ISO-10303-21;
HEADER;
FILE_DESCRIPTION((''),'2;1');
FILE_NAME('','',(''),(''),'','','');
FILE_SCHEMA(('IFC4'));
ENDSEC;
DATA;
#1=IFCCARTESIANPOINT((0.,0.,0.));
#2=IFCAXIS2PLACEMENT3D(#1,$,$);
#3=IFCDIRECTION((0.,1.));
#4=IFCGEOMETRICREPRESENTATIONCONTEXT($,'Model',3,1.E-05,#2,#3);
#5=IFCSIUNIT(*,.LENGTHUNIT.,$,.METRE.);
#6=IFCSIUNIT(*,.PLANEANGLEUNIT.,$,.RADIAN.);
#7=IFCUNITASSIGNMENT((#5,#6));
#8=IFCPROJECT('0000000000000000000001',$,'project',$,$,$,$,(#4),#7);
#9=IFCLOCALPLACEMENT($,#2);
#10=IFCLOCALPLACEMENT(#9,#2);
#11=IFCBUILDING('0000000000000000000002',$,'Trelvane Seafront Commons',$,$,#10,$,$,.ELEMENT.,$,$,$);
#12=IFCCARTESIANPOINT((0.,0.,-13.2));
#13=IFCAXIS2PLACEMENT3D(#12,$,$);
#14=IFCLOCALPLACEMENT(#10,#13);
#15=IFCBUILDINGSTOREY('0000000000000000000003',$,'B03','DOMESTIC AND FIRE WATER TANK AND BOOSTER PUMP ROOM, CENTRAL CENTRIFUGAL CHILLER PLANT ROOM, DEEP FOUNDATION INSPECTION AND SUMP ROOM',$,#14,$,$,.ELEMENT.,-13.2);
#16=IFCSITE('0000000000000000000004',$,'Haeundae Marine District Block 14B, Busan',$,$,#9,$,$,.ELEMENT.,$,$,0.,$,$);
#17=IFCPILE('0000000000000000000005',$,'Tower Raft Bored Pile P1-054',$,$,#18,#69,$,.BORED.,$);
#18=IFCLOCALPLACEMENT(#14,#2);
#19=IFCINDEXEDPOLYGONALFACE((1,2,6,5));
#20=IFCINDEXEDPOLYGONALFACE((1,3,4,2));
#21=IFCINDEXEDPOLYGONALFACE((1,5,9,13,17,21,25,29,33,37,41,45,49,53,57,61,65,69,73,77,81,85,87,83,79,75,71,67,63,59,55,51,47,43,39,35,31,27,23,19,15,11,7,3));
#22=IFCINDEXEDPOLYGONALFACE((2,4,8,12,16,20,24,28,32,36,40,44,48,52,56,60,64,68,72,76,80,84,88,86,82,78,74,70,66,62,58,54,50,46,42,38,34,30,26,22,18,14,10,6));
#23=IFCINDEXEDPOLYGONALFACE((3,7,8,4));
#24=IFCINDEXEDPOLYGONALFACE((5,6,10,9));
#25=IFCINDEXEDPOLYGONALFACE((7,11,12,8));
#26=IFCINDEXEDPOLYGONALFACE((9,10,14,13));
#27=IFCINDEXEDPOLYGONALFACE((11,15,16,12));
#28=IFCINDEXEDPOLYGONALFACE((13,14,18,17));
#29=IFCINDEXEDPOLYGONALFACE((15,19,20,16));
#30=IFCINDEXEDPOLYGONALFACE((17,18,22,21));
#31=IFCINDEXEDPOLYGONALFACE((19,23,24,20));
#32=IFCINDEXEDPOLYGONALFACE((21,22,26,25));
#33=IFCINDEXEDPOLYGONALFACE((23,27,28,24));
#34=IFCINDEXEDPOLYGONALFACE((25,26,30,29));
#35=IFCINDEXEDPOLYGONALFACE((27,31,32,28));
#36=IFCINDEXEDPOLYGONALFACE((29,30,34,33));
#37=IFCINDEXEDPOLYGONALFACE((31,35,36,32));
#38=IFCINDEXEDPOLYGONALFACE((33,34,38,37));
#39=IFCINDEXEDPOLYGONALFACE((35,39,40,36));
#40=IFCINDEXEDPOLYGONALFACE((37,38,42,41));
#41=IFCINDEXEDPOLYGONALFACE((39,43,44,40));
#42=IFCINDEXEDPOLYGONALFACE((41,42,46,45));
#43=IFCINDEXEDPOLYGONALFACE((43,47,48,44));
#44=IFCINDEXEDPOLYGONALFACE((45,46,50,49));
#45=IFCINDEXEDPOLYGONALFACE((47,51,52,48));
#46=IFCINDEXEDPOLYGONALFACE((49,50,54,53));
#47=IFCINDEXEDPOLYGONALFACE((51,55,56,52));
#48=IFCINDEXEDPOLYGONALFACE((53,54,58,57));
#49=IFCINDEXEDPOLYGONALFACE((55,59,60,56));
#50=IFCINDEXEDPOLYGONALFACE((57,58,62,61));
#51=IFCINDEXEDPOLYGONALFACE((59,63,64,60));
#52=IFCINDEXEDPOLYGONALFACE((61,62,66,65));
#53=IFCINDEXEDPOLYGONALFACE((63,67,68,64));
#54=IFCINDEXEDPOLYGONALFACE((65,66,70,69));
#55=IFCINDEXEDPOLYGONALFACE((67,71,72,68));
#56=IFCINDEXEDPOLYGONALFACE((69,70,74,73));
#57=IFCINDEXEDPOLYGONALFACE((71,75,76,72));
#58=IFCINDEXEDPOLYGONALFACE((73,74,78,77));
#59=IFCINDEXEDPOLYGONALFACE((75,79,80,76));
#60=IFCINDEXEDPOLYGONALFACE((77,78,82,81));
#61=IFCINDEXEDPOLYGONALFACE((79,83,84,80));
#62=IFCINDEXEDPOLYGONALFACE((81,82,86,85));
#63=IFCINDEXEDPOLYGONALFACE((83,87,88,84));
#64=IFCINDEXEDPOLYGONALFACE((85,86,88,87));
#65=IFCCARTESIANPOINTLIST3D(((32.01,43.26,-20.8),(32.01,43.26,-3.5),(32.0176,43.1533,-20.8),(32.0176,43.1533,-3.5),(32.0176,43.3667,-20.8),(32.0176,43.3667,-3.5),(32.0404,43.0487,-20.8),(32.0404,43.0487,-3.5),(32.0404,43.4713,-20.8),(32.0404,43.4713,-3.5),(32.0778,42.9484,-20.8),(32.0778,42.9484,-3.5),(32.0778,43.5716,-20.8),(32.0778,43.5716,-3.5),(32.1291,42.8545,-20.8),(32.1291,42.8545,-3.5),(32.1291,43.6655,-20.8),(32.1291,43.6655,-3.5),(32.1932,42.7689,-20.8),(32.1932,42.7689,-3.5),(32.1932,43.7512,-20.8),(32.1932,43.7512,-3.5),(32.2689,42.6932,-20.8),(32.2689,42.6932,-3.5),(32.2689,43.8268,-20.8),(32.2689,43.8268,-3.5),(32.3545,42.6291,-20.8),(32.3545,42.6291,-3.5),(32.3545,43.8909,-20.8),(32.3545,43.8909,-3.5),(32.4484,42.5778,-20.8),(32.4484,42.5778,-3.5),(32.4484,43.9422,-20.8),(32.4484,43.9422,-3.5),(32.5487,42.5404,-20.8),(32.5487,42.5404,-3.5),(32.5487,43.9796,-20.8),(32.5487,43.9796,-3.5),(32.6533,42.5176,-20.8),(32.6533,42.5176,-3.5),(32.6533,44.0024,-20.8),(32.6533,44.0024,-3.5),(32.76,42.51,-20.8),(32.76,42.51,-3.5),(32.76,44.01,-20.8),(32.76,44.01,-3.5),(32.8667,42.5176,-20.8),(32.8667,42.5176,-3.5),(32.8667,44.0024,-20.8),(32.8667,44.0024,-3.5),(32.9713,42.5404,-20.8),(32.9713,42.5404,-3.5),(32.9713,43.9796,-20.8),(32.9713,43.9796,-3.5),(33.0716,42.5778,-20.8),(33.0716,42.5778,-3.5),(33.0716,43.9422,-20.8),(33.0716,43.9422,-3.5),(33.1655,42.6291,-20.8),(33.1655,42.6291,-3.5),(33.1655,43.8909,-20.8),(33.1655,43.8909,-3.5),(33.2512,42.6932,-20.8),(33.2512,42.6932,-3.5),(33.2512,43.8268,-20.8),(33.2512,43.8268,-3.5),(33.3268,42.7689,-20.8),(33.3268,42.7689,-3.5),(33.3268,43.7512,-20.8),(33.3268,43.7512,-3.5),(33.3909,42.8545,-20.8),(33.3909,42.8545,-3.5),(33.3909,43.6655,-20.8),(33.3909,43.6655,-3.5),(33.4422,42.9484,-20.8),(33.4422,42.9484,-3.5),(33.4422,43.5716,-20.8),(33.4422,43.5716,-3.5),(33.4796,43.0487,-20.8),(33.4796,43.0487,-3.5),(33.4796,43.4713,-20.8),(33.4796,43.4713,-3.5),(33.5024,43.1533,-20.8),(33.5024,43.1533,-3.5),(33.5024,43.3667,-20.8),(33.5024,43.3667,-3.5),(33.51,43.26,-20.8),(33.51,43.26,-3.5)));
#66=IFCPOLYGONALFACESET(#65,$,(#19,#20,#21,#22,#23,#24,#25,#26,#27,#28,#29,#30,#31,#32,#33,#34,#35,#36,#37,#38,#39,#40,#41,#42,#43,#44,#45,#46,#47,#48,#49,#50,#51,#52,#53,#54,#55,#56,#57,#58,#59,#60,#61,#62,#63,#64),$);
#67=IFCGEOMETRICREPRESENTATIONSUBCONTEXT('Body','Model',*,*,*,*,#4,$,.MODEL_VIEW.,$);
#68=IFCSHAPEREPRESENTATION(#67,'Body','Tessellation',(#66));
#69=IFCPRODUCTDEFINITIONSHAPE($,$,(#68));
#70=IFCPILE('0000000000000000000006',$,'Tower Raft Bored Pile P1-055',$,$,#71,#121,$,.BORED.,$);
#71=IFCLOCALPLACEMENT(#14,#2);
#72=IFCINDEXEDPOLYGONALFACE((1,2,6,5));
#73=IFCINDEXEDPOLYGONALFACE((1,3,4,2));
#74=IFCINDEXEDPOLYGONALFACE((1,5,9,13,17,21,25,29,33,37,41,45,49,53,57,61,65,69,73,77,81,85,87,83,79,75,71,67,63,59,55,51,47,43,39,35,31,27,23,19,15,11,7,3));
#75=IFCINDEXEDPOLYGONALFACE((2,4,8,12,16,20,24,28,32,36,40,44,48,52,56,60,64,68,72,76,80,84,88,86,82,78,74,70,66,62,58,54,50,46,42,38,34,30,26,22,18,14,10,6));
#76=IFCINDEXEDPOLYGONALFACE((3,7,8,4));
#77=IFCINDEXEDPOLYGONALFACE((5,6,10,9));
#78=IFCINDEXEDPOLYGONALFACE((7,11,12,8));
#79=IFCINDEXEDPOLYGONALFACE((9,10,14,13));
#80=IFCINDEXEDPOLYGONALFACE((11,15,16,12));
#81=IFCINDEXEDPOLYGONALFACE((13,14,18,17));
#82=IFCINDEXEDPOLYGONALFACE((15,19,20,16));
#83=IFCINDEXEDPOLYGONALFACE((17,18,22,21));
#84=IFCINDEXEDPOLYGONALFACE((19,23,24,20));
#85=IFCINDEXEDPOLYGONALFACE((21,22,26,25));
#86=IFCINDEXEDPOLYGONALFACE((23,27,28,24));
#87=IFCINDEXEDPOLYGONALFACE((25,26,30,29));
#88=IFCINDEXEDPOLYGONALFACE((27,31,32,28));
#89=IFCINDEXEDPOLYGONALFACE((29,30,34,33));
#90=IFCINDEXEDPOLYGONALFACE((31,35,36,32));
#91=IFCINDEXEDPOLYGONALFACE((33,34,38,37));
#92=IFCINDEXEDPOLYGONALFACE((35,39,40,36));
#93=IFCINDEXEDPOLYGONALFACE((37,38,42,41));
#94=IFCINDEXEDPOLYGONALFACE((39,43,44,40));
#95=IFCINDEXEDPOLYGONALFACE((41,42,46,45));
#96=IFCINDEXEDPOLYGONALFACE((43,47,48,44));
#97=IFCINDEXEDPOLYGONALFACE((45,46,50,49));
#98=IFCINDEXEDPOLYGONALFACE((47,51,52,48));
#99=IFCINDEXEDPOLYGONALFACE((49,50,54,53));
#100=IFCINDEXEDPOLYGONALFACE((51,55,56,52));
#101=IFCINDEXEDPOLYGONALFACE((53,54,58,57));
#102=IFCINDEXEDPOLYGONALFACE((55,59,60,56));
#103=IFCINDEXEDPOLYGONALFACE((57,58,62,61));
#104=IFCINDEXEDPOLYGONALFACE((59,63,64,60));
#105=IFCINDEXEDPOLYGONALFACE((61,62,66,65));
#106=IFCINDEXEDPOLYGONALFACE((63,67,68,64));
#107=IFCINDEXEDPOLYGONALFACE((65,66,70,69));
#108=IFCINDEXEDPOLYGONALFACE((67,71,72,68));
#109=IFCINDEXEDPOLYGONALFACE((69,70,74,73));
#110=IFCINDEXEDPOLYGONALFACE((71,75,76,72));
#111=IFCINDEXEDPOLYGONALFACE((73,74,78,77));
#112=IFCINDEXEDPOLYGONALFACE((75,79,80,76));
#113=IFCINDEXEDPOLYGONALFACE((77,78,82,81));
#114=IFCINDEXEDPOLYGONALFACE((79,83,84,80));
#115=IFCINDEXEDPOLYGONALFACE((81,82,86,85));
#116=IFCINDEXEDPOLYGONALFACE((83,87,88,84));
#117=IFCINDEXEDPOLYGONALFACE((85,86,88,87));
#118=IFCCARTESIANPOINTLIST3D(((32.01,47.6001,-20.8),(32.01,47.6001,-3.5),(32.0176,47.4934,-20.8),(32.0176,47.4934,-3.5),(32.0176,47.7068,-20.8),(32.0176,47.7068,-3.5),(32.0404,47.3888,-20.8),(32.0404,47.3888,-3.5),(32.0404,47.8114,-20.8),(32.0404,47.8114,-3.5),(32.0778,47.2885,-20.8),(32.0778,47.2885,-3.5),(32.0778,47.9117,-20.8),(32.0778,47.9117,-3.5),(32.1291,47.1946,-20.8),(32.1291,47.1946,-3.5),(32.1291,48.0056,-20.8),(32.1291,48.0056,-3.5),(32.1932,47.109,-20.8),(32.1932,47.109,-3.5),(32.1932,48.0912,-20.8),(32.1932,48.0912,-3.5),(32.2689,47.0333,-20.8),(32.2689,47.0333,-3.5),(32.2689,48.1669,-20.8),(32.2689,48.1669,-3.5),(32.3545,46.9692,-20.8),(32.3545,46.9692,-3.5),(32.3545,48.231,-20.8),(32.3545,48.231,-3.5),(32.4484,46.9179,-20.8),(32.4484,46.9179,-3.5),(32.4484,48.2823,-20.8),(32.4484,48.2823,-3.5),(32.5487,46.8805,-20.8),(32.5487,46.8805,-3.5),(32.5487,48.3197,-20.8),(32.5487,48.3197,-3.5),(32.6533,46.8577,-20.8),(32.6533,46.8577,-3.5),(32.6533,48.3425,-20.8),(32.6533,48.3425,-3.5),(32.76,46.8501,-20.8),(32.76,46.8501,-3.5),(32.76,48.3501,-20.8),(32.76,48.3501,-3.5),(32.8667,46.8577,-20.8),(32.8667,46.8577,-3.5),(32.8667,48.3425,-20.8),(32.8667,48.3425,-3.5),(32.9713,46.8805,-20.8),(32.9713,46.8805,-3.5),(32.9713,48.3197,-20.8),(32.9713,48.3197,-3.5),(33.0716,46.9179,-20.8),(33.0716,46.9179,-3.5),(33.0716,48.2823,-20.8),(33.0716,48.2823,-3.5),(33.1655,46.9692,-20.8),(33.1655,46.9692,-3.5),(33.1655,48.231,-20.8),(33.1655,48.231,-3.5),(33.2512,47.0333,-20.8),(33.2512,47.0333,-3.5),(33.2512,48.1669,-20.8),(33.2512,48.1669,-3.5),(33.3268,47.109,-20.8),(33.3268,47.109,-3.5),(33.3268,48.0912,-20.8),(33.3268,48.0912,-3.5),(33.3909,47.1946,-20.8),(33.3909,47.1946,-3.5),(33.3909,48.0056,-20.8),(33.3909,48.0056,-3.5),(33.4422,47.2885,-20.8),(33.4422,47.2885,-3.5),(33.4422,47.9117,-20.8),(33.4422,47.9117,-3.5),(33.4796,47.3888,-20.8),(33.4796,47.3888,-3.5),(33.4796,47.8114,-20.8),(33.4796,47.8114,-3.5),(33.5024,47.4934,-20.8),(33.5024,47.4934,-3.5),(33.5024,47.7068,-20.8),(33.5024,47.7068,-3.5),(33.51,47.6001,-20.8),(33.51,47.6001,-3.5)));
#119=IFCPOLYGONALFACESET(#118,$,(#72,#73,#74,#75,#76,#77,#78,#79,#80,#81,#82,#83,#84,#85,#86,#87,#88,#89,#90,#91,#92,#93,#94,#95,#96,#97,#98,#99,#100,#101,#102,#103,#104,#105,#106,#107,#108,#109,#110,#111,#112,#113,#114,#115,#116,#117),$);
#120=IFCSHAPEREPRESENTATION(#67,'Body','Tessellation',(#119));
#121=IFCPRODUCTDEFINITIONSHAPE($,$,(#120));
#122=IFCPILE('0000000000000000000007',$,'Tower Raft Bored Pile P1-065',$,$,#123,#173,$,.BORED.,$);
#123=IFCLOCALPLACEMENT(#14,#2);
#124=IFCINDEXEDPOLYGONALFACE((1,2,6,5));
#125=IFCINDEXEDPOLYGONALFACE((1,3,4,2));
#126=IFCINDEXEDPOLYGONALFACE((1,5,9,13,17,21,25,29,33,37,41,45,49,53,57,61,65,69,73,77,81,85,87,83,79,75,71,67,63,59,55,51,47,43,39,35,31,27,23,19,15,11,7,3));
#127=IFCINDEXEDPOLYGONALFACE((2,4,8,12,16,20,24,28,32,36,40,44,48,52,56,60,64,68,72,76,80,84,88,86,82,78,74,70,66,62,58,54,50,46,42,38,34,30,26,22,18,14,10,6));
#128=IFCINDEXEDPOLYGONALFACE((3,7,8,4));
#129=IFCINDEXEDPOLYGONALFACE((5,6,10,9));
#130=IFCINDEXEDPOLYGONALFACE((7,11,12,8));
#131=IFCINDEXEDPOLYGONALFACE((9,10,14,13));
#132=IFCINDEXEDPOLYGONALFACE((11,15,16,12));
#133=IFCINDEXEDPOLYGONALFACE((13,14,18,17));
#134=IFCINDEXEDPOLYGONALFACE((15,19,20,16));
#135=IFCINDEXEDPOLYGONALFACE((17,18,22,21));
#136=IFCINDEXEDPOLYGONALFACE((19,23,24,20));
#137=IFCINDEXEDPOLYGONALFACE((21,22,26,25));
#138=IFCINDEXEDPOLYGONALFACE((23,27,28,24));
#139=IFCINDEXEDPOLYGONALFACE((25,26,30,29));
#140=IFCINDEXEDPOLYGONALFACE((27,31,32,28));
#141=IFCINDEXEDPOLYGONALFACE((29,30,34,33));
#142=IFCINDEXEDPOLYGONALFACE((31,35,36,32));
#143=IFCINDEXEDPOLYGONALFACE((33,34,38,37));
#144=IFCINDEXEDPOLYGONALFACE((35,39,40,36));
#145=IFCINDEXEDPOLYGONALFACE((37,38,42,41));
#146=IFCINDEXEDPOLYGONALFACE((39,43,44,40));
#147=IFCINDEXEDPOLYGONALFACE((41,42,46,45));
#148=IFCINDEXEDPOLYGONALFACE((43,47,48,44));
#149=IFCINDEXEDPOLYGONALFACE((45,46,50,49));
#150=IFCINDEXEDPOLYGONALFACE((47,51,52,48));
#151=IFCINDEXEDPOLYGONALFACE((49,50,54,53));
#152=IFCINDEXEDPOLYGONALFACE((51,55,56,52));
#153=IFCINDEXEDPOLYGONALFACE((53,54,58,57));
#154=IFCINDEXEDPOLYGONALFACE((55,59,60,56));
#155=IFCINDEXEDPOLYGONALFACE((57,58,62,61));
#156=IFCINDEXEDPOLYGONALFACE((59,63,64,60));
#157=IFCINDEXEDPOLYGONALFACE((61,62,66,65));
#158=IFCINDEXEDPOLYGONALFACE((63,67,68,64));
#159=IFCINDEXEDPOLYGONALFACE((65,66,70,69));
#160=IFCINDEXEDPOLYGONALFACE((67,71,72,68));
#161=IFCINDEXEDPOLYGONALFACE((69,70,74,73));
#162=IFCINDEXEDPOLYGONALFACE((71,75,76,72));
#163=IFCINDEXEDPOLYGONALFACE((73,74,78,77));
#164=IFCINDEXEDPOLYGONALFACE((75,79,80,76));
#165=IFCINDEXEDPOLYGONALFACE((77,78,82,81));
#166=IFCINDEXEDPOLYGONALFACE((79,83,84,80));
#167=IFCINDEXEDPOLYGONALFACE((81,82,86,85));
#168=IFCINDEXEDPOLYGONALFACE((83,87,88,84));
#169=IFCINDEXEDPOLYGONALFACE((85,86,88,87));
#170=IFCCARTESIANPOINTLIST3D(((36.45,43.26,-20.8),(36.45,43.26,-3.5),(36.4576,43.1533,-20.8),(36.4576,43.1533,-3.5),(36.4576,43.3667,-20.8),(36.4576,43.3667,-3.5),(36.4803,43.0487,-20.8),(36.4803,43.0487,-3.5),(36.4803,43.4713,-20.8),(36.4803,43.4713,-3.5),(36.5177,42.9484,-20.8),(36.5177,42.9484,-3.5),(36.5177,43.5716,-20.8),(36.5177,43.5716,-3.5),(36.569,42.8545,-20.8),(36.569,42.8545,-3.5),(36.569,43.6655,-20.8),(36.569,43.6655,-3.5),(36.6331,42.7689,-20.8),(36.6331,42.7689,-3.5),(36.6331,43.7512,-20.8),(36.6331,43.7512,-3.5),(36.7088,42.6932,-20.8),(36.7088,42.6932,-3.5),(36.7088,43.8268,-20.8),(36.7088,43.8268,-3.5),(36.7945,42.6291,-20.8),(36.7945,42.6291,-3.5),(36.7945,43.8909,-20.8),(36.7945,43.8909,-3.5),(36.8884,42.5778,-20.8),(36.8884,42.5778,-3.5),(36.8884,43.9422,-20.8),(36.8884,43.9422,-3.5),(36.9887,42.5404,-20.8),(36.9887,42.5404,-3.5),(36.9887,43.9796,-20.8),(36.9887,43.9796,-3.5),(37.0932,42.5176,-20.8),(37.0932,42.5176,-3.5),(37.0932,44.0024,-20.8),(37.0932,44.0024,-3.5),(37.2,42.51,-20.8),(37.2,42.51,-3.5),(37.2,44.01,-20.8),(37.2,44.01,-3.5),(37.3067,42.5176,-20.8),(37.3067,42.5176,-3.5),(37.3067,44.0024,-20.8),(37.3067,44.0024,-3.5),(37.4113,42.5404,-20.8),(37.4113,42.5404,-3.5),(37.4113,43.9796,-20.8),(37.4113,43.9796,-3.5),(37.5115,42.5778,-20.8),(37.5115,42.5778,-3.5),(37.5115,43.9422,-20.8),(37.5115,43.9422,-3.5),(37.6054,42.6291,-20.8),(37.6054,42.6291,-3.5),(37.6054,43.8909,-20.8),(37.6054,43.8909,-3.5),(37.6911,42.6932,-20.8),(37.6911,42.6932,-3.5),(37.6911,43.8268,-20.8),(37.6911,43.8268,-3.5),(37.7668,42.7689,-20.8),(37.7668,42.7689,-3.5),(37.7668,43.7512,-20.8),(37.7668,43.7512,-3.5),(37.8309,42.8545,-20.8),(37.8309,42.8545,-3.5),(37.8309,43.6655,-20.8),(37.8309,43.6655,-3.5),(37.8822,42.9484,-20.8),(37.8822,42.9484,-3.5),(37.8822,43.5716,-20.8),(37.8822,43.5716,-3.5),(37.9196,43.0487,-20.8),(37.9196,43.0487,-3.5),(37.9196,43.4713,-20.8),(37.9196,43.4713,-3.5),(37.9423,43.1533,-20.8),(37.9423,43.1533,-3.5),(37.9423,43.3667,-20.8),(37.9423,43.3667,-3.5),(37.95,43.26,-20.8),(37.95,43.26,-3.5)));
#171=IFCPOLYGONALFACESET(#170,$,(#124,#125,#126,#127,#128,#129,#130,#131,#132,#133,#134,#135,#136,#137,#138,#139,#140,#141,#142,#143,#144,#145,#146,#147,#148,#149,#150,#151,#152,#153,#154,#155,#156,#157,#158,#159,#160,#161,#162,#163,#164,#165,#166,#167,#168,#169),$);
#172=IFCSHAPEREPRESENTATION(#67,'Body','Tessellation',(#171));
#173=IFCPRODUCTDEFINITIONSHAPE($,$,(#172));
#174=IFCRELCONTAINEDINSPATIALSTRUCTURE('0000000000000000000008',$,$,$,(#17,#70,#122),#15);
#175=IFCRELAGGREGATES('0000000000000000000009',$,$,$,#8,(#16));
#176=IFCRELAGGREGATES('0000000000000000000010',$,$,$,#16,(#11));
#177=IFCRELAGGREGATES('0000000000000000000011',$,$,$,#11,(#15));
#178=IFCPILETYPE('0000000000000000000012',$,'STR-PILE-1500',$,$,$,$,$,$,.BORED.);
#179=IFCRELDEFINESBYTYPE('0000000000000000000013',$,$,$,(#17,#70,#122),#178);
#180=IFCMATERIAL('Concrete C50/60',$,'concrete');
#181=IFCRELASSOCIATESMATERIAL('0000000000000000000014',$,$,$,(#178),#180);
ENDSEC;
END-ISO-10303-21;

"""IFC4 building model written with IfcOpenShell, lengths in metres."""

from ifc_helpers import new_model, si_unit, direction, frame, origin, origin_2d, place, context, subcontext, project, spatial, circle, extrude, source, transform, mapped, material, material_profile, profile_set, type_object, element, save


model = new_model("IFC4")

# Units and contexts
model_context = context("Model", 3, precision=1e-05, world=origin(), true_north=direction((0.0, 1.0)))
body_context = subcontext(model_context, "Body", "Model", "MODEL_VIEW")
ifc_project = project(units=[si_unit("LENGTHUNIT", "METRE"), si_unit("PLANEANGLEUNIT", "RADIAN")], contexts=[model_context])

# Site, building, storey
site_placement = place(None, origin())
site = spatial("IfcSite", under=ifc_project, at=site_placement, Name="Haeundae Marine District Block 14B, Busan", CompositionType="ELEMENT", RefElevation=0.0)
building_placement = place(site_placement, origin())
building = spatial("IfcBuilding", under=site, at=building_placement, Name="Trelvane Seafront Commons", CompositionType="ELEMENT")
storey_placement = place(building_placement, frame((0.0, 0.0, -13.2)))
storey = spatial("IfcBuildingStorey", under=building, at=storey_placement, Name="B03", Description="DOMESTIC AND FIRE WATER TANK AND BOOSTER PUMP ROOM, CENTRAL CENTRIFUGAL CHILLER PLANT ROOM, DEEP FOUNDATION INSPECTION AND SUMP ROOM", CompositionType="ELEMENT", Elevation=-13.2)

# Piles
ifc_material_1 = material(Name="Concrete C50/60", Category="concrete")
ifc_material_profile_1 = material_profile(ifc_material_1, circle(Radius=0.75, at=origin_2d()), Name="PILE-1500")
ifc_profile_set_1 = profile_set([ifc_material_profile_1], Name="Concrete C50/60")
pile_type = type_object("IfcPileType", Name="STR-PILE-1500", PredefinedType="BORED", material=ifc_profile_set_1)
shared_shape_1 = source(origin(), body_context, "Body", "SweptSolid", [
    extrude(circle(Radius=0.75, at=origin_2d()), origin(), (0.0, 0.0, 1.0), 17.3),
])
for number, where, z_axis, x_axis, name in (
    (1, (32.76, 43.26, -3.5), (0.0, 0.0, -1.0), (1.0, 0.0, 0.0), "Tower Raft Bored Pile P1-054"),
    (2, (32.76, 47.6001, -3.5), (0.0, 0.0, -1.0), (1.0, 0.0, 0.0), "Tower Raft Bored Pile P1-055"),
    (3, (37.2, 43.26, -3.5), (0.0, 0.0, -1.0), (1.0, 0.0, 0.0), "Tower Raft Bored Pile P1-065"),
):
    element("IfcPile", number, at=place(storey_placement, frame(where, z_axis=z_axis, x_axis=x_axis)), inside=storey, type_object=pile_type, Name=name, PredefinedType="BORED", context=body_context, shape_type="MappedRepresentation", body=[
        mapped(shared_shape_1, transform((0.0, 0.0, 0.0), x_axis=(1.0, 0.0, 0.0), y_axis=(0.0, 1.0, 0.0), z_axis=(0.0, 0.0, 1.0), scale=1.0)),
    ])

save(model, "model.ifc")
